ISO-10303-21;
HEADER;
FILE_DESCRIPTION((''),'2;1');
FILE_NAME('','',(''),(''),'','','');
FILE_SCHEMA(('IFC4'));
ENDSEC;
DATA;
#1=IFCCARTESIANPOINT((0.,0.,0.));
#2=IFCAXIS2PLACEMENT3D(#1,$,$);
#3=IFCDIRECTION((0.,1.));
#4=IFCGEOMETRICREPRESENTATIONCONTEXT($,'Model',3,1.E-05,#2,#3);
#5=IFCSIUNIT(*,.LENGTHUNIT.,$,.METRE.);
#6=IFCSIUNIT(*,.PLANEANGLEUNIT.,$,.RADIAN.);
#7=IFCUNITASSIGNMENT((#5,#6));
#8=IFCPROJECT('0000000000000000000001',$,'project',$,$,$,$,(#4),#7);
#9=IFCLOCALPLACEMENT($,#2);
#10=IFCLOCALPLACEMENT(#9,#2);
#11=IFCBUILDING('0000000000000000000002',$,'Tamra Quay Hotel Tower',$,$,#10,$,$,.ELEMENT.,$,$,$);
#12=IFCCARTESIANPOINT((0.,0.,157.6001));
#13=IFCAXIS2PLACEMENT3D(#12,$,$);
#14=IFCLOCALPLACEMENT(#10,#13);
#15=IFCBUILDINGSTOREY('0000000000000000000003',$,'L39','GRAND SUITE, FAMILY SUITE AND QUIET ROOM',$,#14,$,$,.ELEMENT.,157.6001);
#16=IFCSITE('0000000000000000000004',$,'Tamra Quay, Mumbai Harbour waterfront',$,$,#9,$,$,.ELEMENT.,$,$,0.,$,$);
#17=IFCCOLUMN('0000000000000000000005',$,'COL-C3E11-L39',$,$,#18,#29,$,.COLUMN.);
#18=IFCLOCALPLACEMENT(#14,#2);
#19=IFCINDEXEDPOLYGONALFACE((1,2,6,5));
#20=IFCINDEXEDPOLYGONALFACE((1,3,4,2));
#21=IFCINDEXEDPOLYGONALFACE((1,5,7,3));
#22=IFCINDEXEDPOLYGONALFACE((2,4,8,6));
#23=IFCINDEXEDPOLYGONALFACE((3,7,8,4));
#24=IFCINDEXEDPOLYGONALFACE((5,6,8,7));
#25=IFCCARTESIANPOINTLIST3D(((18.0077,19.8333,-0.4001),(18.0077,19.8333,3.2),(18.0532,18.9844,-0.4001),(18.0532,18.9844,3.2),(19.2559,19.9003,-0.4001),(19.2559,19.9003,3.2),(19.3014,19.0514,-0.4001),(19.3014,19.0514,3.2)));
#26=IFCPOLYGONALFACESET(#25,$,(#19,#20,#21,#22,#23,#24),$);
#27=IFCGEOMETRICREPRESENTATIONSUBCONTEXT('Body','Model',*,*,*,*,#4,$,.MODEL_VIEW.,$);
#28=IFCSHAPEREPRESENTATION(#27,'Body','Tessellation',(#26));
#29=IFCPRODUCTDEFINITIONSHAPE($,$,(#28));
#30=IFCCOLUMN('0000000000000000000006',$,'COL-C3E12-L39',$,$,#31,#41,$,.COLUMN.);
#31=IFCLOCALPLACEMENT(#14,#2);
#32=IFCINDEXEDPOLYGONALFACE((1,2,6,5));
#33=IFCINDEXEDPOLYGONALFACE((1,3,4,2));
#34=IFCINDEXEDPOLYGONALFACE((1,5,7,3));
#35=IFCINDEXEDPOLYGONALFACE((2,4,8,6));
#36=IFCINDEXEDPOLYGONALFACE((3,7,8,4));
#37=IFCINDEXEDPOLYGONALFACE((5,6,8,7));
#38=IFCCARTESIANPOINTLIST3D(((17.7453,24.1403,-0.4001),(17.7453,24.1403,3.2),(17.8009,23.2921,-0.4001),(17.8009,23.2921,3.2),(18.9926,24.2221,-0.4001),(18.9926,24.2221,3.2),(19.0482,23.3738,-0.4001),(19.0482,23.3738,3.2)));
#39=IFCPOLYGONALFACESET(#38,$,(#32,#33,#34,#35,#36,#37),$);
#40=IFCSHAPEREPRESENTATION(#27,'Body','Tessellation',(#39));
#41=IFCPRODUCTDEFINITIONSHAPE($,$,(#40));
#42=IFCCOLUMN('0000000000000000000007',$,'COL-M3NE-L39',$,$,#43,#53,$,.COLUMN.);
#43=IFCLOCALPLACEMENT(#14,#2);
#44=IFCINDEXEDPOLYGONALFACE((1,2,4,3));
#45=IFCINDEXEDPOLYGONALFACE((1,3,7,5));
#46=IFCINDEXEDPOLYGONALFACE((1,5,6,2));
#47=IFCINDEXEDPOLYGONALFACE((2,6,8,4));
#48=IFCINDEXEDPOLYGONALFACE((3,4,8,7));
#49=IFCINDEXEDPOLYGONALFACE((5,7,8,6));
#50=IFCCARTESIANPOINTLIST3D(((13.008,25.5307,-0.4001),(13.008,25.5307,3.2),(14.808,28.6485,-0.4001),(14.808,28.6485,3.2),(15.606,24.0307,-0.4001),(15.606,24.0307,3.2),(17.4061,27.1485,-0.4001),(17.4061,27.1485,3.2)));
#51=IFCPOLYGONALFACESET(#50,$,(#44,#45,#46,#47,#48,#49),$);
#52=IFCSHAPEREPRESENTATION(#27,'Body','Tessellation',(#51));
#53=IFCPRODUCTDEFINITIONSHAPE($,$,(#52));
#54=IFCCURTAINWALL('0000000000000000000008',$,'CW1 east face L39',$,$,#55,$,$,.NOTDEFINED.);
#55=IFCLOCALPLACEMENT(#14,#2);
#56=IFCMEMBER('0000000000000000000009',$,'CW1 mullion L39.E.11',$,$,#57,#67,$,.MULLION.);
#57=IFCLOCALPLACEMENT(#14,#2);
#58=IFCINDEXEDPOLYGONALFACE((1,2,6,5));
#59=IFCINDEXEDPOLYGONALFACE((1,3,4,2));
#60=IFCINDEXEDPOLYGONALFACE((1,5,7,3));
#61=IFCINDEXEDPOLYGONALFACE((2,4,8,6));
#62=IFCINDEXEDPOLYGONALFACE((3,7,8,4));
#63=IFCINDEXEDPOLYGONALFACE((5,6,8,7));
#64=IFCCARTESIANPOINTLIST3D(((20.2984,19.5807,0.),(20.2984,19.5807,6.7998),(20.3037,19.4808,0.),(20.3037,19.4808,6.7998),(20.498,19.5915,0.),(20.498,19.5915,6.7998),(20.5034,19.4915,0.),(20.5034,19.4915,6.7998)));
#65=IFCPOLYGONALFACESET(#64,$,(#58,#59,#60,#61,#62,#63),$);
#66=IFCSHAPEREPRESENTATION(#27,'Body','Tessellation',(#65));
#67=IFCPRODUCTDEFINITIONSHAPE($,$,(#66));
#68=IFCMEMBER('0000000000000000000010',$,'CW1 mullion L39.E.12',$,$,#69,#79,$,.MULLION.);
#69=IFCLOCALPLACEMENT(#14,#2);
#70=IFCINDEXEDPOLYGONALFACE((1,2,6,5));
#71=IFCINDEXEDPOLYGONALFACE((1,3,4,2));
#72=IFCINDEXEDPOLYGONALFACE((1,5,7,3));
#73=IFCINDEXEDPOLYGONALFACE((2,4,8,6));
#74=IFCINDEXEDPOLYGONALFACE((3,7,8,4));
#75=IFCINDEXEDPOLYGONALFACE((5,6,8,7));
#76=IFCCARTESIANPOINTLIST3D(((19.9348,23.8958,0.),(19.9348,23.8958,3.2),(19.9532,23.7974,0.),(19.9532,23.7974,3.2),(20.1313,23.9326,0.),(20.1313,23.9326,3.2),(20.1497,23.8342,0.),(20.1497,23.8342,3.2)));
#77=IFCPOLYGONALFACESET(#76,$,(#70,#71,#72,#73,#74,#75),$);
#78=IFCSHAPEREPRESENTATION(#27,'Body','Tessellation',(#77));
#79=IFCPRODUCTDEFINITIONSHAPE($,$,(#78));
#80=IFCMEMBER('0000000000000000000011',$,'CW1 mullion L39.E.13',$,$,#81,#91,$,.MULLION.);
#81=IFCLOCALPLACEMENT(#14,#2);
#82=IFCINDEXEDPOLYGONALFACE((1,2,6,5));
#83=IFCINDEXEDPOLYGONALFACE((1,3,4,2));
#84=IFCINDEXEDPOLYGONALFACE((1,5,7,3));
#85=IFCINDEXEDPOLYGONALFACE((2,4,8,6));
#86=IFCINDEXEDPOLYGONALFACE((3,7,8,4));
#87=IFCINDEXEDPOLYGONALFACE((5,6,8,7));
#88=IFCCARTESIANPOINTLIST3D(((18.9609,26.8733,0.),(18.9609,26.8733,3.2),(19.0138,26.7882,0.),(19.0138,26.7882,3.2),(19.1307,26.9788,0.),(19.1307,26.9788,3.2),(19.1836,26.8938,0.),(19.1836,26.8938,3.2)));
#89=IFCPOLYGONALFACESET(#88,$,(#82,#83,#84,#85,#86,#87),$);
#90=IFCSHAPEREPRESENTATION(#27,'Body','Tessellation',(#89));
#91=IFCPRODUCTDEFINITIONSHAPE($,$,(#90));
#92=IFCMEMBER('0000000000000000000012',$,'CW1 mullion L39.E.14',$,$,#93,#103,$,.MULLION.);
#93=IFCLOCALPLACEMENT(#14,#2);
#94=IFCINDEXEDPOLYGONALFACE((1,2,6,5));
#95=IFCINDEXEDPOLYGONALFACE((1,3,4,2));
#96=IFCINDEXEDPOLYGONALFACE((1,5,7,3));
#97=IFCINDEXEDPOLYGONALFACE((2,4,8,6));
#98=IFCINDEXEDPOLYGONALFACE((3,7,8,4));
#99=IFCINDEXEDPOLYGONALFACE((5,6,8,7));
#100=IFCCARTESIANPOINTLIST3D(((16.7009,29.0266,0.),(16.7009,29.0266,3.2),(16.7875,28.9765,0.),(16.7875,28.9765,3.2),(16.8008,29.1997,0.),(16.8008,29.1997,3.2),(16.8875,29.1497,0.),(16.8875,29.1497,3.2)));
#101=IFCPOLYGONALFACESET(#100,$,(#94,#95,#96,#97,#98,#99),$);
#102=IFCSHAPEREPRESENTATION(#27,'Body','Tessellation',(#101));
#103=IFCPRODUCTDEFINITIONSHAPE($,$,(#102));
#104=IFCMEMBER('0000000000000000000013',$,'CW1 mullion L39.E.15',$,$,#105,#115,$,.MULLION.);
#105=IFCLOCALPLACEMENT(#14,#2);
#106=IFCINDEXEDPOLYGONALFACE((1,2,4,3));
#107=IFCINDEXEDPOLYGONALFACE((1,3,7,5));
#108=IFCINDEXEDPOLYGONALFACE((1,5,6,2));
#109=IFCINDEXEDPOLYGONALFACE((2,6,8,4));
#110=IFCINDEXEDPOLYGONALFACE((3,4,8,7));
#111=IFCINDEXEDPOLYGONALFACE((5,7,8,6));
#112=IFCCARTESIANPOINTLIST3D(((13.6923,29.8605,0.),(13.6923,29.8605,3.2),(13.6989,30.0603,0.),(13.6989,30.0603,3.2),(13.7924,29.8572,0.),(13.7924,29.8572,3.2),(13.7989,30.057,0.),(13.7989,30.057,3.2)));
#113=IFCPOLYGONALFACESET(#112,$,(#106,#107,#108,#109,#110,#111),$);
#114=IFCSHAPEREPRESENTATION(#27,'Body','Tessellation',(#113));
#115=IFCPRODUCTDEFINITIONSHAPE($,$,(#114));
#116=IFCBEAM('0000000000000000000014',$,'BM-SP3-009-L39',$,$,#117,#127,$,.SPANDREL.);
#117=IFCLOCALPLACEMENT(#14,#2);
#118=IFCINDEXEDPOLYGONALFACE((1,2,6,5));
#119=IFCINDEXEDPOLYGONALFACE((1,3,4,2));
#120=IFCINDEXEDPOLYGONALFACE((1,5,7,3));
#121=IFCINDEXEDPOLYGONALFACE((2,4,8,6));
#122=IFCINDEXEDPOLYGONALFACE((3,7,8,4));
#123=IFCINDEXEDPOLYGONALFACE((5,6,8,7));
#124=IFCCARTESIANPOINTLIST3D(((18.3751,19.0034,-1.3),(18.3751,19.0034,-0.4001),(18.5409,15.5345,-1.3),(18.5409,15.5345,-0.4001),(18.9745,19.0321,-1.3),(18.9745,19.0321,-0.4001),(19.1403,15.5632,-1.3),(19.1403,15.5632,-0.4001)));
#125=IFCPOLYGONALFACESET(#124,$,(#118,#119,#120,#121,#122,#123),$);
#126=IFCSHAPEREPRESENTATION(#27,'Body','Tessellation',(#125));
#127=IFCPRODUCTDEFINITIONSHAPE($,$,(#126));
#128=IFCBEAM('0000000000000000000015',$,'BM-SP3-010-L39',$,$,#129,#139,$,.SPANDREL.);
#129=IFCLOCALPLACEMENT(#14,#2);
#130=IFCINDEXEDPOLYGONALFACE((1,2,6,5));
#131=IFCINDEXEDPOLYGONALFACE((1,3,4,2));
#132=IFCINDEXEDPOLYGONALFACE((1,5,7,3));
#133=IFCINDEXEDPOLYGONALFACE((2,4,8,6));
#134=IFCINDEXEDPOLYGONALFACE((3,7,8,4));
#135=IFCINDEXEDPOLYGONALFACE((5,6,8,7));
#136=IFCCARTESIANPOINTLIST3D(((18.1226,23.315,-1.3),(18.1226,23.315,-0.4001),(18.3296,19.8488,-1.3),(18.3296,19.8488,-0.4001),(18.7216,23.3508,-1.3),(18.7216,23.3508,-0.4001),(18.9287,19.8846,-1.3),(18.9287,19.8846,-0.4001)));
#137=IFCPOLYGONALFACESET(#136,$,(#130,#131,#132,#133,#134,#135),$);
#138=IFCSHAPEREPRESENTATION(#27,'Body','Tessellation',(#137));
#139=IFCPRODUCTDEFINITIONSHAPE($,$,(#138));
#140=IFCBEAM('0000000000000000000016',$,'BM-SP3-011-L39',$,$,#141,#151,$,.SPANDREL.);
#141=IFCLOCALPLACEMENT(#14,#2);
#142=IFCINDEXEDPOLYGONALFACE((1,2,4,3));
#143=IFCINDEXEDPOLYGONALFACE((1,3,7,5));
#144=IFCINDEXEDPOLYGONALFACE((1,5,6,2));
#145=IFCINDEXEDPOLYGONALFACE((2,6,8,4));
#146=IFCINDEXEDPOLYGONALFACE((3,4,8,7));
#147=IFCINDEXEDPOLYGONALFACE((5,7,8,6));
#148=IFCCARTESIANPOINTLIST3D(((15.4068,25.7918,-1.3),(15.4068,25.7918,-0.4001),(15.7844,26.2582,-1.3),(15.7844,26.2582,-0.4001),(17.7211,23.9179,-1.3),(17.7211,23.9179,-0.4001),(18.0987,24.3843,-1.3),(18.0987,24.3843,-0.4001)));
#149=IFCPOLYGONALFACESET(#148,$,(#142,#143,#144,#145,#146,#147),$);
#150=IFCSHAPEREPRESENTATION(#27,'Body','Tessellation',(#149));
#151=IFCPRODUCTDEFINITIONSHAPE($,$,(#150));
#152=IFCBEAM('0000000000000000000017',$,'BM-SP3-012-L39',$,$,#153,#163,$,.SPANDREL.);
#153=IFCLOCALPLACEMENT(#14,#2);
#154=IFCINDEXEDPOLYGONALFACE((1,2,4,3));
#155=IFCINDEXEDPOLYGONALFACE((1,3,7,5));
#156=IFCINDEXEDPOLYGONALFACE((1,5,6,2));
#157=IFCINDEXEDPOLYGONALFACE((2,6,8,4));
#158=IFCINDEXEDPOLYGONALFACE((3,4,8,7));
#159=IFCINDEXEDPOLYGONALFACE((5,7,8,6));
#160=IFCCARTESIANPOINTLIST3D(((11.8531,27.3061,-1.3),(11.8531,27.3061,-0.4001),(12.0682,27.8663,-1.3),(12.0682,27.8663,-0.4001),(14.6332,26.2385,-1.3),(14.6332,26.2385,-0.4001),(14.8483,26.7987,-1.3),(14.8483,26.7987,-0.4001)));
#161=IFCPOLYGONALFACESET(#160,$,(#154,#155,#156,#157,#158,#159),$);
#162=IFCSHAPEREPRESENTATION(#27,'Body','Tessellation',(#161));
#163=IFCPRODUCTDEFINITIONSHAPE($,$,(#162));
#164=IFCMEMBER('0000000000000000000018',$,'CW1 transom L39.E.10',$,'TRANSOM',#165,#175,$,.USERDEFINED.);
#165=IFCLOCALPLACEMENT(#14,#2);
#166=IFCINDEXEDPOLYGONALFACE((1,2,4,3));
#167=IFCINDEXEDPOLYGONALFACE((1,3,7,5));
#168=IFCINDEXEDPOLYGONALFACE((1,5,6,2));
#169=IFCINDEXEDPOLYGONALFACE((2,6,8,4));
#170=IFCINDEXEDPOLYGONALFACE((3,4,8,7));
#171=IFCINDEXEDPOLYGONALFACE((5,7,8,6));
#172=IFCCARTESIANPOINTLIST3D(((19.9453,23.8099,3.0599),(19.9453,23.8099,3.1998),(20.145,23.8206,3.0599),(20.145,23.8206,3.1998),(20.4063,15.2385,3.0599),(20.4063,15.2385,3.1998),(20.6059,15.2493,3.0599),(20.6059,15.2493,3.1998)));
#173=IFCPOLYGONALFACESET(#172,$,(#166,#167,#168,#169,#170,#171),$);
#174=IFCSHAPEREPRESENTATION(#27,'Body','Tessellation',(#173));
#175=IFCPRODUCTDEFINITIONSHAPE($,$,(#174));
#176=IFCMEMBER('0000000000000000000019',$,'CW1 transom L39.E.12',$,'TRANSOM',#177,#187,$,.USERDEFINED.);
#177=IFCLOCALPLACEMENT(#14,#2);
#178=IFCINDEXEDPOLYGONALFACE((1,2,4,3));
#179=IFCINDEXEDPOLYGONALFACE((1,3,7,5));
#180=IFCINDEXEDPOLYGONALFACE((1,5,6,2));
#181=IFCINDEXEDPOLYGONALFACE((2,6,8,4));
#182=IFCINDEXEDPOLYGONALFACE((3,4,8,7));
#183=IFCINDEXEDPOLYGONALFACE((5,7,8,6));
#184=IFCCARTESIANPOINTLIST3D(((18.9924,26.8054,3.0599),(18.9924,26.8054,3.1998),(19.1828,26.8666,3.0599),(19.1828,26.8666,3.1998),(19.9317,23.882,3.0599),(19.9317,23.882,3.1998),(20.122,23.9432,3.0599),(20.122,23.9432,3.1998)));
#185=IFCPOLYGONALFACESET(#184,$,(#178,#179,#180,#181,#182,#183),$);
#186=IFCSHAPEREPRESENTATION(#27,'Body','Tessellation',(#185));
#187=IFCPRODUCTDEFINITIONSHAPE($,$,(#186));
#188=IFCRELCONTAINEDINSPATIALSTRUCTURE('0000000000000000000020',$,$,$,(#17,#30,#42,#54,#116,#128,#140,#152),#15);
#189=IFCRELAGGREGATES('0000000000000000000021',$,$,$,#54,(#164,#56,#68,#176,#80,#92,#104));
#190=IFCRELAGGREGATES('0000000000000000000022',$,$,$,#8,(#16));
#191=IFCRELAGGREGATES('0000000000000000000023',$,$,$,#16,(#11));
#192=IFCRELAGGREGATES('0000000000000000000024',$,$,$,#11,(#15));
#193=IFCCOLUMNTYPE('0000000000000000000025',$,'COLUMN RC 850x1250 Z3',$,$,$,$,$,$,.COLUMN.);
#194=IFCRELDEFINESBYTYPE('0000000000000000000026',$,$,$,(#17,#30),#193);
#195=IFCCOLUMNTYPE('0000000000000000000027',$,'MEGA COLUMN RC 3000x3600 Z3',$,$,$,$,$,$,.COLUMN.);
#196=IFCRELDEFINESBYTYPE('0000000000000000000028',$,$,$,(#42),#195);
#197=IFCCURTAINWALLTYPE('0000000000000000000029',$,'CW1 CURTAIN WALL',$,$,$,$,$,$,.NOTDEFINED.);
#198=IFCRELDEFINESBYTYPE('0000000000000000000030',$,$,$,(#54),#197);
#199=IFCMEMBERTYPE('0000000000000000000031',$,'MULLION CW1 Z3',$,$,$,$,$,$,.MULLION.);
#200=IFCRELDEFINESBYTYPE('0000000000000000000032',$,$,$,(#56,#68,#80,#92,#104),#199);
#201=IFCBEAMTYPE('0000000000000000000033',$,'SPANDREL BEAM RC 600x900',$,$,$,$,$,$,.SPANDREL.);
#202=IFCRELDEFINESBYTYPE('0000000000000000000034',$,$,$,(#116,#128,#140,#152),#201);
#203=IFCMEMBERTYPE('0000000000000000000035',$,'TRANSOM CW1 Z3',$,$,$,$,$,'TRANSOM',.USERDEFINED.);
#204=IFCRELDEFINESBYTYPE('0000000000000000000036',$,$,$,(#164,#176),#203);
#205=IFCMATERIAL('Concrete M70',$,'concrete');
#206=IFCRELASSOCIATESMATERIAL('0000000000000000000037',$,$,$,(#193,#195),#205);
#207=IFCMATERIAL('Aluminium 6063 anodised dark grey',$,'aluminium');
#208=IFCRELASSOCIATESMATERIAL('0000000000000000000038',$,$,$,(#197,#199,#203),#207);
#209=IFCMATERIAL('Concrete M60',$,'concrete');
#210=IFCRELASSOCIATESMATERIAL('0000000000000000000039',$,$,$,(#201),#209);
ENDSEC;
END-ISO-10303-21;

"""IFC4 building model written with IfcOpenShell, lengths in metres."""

from ifc_helpers import new_model, si_unit, direction, frame, origin, origin_2d, place, context, subcontext, project, spatial, rectangle, extrude, material, material_profile, profile_set, type_object, element, aggregate, save


model = new_model("IFC4")

# Units and contexts
model_context = context("Model", 3, precision=1e-05, world=origin(), true_north=direction((0.0, 1.0)))
body_context = subcontext(model_context, "Body", "Model", "MODEL_VIEW")
ifc_project = project(units=[si_unit("LENGTHUNIT", "METRE"), si_unit("PLANEANGLEUNIT", "RADIAN")], contexts=[model_context])

# Site, building, storey
site_placement = place(None, origin())
site = spatial("IfcSite", under=ifc_project, at=site_placement, Name="Tamra Quay, Mumbai Harbour waterfront", CompositionType="ELEMENT", RefElevation=0.0)
building_placement = place(site_placement, origin())
building = spatial("IfcBuilding", under=site, at=building_placement, Name="Tamra Quay Hotel Tower", CompositionType="ELEMENT")
storey_placement = place(building_placement, frame((0.0, 0.0, 157.6001)))
storey = spatial("IfcBuildingStorey", under=building, at=storey_placement, Name="L39", Description="GRAND SUITE, FAMILY SUITE AND QUIET ROOM", CompositionType="ELEMENT", Elevation=157.6001)

# Columns
ifc_material_1 = material(Name="Concrete M70", Category="concrete")
ifc_material_profile_1 = material_profile(ifc_material_1, rectangle(XDim=1.25, YDim=0.8501, at=origin_2d()), Name="COLUMN RC 850x1250 Z3")
ifc_profile_set_1 = profile_set([ifc_material_profile_1], Name="Concrete M70")
column_type_1 = type_object("IfcColumnType", Name="COLUMN RC 850x1250 Z3", PredefinedType="COLUMN", material=ifc_profile_set_1)
for number, where, z_axis, x_axis, name in (
    (1, (18.6545, 19.4424, -0.4001), (0.0, 0.0, 1.0), (0.998562, 0.053603, 0.0), "COL-C3E11-L39"),
    (2, (18.3967, 23.7571, -0.4001), (0.0, 0.0, 1.0), (0.997858, 0.065419, 0.0), "COL-C3E12-L39"),
):
    element("IfcColumn", number, at=place(storey_placement, frame(where, z_axis=z_axis, x_axis=x_axis)), inside=storey, type_object=column_type_1, Name=name, PredefinedType="COLUMN", context=body_context, shape_type="SweptSolid", body=[
        extrude(rectangle(XDim=1.25, YDim=0.8501, at=origin_2d()), origin(), (0.0, 0.0, 1.0), 3.6001),
    ])
ifc_material_profile_2 = material_profile(ifc_material_1, rectangle(XDim=3.6001, YDim=3.0, at=origin_2d()), Name="MEGA COLUMN RC 3000x3600 Z3")
ifc_profile_set_2 = profile_set([ifc_material_profile_2], Name="Concrete M70")
column_type_2 = type_object("IfcColumnType", Name="MEGA COLUMN RC 3000x3600 Z3", PredefinedType="COLUMN", material=ifc_profile_set_2)
column_placement = place(storey_placement, frame((15.207, 26.3396, -0.4001), z_axis=(0.0, 0.0, 1.0), x_axis=(0.5, 0.866025, 0.0)))
element("IfcColumn", 3, at=column_placement, inside=storey, type_object=column_type_2, Name="COL-M3NE-L39", PredefinedType="COLUMN", context=body_context, shape_type="SweptSolid", body=[
    extrude(rectangle(XDim=3.6001, YDim=3.0, at=origin_2d()), origin(), (0.0, 0.0, 1.0), 3.6001),
])

# Curtain wall, members
ifc_material_2 = material(Name="Aluminium 6063 anodised dark grey", Category="aluminium")
curtain_wall_type = type_object("IfcCurtainWallType", Name="CW1 CURTAIN WALL", PredefinedType="NOTDEFINED", material=ifc_material_2)
curtain_wall_placement = place(storey_placement, origin())
curtain_wall = element("IfcCurtainWall", 4, at=curtain_wall_placement, inside=storey, type_object=curtain_wall_type, Name="CW1 east face L39", PredefinedType="NOTDEFINED")
ifc_material_profile_3 = material_profile(ifc_material_2, rectangle(XDim=0.2, YDim=0.1001, at=origin_2d()), Name="MULLION 100X200")
ifc_profile_set_3 = profile_set([ifc_material_profile_3], Name="Aluminium 6063 anodised dark grey")
member_type_1 = type_object("IfcMemberType", Name="MULLION CW1 Z3", PredefinedType="MULLION", material=ifc_profile_set_3)
member_1_placement = place(storey_placement, frame((20.4009, 19.5361, 0.0), z_axis=(0.0, 0.0, 1.0), x_axis=(0.998557, 0.053695, 0.0)))
member_1 = element("IfcMember", 5, at=member_1_placement, type_object=member_type_1, Name="CW1 mullion L39.E.11", PredefinedType="MULLION", context=body_context, shape_type="SweptSolid", body=[
    extrude(rectangle(XDim=0.2, YDim=0.1001, at=origin_2d()), origin(), (0.0, 0.0, 1.0), 6.7998),
])
member_2_placement = place(storey_placement, frame((20.0422, 23.865, 0.0), z_axis=(0.0, 0.0, 1.0), x_axis=(0.982883, 0.18423, 0.0)))
member_2 = element("IfcMember", 6, at=member_2_placement, type_object=member_type_1, Name="CW1 mullion L39.E.12", PredefinedType="MULLION", context=body_context, shape_type="SweptSolid", body=[
    extrude(rectangle(XDim=0.2, YDim=0.1001, at=origin_2d()), origin(), (0.0, 0.0, 1.0), 3.2),
])
member_3_placement = place(storey_placement, frame((19.0723, 26.8835, 0.0), z_axis=(0.0, 0.0, 1.0), x_axis=(0.849198, 0.528075, 0.0)))
member_3 = element("IfcMember", 7, at=member_3_placement, type_object=member_type_1, Name="CW1 mullion L39.E.13", PredefinedType="MULLION", context=body_context, shape_type="SweptSolid", body=[
    extrude(rectangle(XDim=0.2, YDim=0.1001, at=origin_2d()), origin(), (0.0, 0.0, 1.0), 3.2),
])
member_4_placement = place(storey_placement, frame((16.7942, 29.0881, 0.0), z_axis=(0.0, 0.0, 1.0), x_axis=(0.5, 0.866025, 0.0)))
member_4 = element("IfcMember", 8, at=member_4_placement, type_object=member_type_1, Name="CW1 mullion L39.E.14", PredefinedType="MULLION", context=body_context, shape_type="SweptSolid", body=[
    extrude(rectangle(XDim=0.2, YDim=0.1001, at=origin_2d()), origin(), (0.0, 0.0, 1.0), 3.2),
])
member_5_placement = place(storey_placement, frame((13.7456, 29.9587, 0.0), z_axis=(0.0, 0.0, 1.0), x_axis=(0.032727, 0.999464, 0.0)))
member_5 = element("IfcMember", 9, at=member_5_placement, type_object=member_type_1, Name="CW1 mullion L39.E.15", PredefinedType="MULLION", context=body_context, shape_type="SweptSolid", body=[
    extrude(rectangle(XDim=0.2, YDim=0.1001, at=origin_2d()), origin(), (0.0, 0.0, 1.0), 3.2),
])

# Beams
ifc_material_3 = material(Name="Concrete M60", Category="concrete")
ifc_material_profile_4 = material_profile(ifc_material_3, rectangle(XDim=0.6001, YDim=0.8999, at=origin_2d()), Name="SPANDREL BEAM RC 600x900")
ifc_profile_set_4 = profile_set([ifc_material_profile_4], Name="Concrete M60")
beam_type = type_object("IfcBeamType", Name="SPANDREL BEAM RC 600x900", PredefinedType="SPANDREL", material=ifc_profile_set_4)
beam_1_placement = place(storey_placement, frame((18.8406, 15.5488, -0.8501), z_axis=(-0.047732, 0.99886, 0.0), x_axis=(-0.99886, -0.047732, 0.0)))
element("IfcBeam", 10, at=beam_1_placement, inside=storey, type_object=beam_type, Name="BM-SP3-009-L39", PredefinedType="SPANDREL", context=body_context, shape_type="SweptSolid", body=[
    extrude(rectangle(XDim=0.6001, YDim=0.8999, at=origin_2d()), origin(), (0.0, 0.0, 1.0), 3.4729),
])
beam_2_placement = place(storey_placement, frame((18.6292, 19.8667, -0.8501), z_axis=(-0.05962, 0.998221, 0.0), x_axis=(-0.998221, -0.05962, 0.0)))
element("IfcBeam", 11, at=beam_2_placement, inside=storey, type_object=beam_type, Name="BM-SP3-010-L39", PredefinedType="SPANDREL", context=body_context, shape_type="SweptSolid", body=[
    extrude(rectangle(XDim=0.6001, YDim=0.8999, at=origin_2d()), origin(), (0.0, 0.0, 1.0), 3.4724),
])
beam_3_placement = place(storey_placement, frame((17.9099, 24.1511, -0.8501), z_axis=(-0.777184, 0.629274, 0.0), x_axis=(-0.629274, -0.777184, 0.0)))
element("IfcBeam", 12, at=beam_3_placement, inside=storey, type_object=beam_type, Name="BM-SP3-011-L39", PredefinedType="SPANDREL", context=body_context, shape_type="SweptSolid", body=[
    extrude(rectangle(XDim=0.6001, YDim=0.8999, at=origin_2d()), origin(), (0.0, 0.0, 1.0), 2.9778),
])
beam_4_placement = place(storey_placement, frame((14.7407, 26.5186, -0.8501), z_axis=(-0.933527, 0.358507, 0.0), x_axis=(-0.358507, -0.933527, 0.0)))
element("IfcBeam", 13, at=beam_4_placement, inside=storey, type_object=beam_type, Name="BM-SP3-012-L39", PredefinedType="SPANDREL", context=body_context, shape_type="SweptSolid", body=[
    extrude(rectangle(XDim=0.6001, YDim=0.8999, at=origin_2d()), origin(), (0.0, 0.0, 1.0), 2.978),
])

# Members
ifc_material_profile_5 = material_profile(ifc_material_2, rectangle(XDim=0.2, YDim=0.1399, at=origin_2d()), Name="TRANSOM 200X140")
ifc_profile_set_5 = profile_set([ifc_material_profile_5], Name="Aluminium 6063 anodised dark grey")
member_type_2 = type_object("IfcMemberType", Name="TRANSOM CW1 Z3", ElementType="TRANSOM", PredefinedType="USERDEFINED", material=ifc_profile_set_5)
member_6_placement = place(storey_placement, frame((20.5061, 15.2439, 3.1299), z_axis=(-0.053699, 0.998557, 0.0), x_axis=(-0.998557, -0.053699, 0.0)))
member_6 = element("IfcMember", 14, at=member_6_placement, type_object=member_type_2, Name="CW1 transom L39.E.10", ObjectType="TRANSOM", PredefinedType="USERDEFINED", context=body_context, shape_type="SweptSolid", body=[
    extrude(rectangle(XDim=0.2, YDim=0.1399, at=origin_2d()), origin(), (0.0, 0.0, 1.0), 8.5837),
])
member_7_placement = place(storey_placement, frame((20.0269, 23.9126, 3.1299), z_axis=(-0.30588, 0.95207, 0.0), x_axis=(-0.95207, -0.30588, 0.0)))
member_7 = element("IfcMember", 15, at=member_7_placement, type_object=member_type_2, Name="CW1 transom L39.E.12", ObjectType="TRANSOM", PredefinedType="USERDEFINED", context=body_context, shape_type="SweptSolid", body=[
    extrude(rectangle(XDim=0.2, YDim=0.1399, at=origin_2d()), origin(), (0.0, 0.0, 1.0), 3.0706),
])

aggregate(curtain_wall, [member_6, member_1, member_2, member_7, member_3, member_4, member_5])

save(model, "model.ifc")
